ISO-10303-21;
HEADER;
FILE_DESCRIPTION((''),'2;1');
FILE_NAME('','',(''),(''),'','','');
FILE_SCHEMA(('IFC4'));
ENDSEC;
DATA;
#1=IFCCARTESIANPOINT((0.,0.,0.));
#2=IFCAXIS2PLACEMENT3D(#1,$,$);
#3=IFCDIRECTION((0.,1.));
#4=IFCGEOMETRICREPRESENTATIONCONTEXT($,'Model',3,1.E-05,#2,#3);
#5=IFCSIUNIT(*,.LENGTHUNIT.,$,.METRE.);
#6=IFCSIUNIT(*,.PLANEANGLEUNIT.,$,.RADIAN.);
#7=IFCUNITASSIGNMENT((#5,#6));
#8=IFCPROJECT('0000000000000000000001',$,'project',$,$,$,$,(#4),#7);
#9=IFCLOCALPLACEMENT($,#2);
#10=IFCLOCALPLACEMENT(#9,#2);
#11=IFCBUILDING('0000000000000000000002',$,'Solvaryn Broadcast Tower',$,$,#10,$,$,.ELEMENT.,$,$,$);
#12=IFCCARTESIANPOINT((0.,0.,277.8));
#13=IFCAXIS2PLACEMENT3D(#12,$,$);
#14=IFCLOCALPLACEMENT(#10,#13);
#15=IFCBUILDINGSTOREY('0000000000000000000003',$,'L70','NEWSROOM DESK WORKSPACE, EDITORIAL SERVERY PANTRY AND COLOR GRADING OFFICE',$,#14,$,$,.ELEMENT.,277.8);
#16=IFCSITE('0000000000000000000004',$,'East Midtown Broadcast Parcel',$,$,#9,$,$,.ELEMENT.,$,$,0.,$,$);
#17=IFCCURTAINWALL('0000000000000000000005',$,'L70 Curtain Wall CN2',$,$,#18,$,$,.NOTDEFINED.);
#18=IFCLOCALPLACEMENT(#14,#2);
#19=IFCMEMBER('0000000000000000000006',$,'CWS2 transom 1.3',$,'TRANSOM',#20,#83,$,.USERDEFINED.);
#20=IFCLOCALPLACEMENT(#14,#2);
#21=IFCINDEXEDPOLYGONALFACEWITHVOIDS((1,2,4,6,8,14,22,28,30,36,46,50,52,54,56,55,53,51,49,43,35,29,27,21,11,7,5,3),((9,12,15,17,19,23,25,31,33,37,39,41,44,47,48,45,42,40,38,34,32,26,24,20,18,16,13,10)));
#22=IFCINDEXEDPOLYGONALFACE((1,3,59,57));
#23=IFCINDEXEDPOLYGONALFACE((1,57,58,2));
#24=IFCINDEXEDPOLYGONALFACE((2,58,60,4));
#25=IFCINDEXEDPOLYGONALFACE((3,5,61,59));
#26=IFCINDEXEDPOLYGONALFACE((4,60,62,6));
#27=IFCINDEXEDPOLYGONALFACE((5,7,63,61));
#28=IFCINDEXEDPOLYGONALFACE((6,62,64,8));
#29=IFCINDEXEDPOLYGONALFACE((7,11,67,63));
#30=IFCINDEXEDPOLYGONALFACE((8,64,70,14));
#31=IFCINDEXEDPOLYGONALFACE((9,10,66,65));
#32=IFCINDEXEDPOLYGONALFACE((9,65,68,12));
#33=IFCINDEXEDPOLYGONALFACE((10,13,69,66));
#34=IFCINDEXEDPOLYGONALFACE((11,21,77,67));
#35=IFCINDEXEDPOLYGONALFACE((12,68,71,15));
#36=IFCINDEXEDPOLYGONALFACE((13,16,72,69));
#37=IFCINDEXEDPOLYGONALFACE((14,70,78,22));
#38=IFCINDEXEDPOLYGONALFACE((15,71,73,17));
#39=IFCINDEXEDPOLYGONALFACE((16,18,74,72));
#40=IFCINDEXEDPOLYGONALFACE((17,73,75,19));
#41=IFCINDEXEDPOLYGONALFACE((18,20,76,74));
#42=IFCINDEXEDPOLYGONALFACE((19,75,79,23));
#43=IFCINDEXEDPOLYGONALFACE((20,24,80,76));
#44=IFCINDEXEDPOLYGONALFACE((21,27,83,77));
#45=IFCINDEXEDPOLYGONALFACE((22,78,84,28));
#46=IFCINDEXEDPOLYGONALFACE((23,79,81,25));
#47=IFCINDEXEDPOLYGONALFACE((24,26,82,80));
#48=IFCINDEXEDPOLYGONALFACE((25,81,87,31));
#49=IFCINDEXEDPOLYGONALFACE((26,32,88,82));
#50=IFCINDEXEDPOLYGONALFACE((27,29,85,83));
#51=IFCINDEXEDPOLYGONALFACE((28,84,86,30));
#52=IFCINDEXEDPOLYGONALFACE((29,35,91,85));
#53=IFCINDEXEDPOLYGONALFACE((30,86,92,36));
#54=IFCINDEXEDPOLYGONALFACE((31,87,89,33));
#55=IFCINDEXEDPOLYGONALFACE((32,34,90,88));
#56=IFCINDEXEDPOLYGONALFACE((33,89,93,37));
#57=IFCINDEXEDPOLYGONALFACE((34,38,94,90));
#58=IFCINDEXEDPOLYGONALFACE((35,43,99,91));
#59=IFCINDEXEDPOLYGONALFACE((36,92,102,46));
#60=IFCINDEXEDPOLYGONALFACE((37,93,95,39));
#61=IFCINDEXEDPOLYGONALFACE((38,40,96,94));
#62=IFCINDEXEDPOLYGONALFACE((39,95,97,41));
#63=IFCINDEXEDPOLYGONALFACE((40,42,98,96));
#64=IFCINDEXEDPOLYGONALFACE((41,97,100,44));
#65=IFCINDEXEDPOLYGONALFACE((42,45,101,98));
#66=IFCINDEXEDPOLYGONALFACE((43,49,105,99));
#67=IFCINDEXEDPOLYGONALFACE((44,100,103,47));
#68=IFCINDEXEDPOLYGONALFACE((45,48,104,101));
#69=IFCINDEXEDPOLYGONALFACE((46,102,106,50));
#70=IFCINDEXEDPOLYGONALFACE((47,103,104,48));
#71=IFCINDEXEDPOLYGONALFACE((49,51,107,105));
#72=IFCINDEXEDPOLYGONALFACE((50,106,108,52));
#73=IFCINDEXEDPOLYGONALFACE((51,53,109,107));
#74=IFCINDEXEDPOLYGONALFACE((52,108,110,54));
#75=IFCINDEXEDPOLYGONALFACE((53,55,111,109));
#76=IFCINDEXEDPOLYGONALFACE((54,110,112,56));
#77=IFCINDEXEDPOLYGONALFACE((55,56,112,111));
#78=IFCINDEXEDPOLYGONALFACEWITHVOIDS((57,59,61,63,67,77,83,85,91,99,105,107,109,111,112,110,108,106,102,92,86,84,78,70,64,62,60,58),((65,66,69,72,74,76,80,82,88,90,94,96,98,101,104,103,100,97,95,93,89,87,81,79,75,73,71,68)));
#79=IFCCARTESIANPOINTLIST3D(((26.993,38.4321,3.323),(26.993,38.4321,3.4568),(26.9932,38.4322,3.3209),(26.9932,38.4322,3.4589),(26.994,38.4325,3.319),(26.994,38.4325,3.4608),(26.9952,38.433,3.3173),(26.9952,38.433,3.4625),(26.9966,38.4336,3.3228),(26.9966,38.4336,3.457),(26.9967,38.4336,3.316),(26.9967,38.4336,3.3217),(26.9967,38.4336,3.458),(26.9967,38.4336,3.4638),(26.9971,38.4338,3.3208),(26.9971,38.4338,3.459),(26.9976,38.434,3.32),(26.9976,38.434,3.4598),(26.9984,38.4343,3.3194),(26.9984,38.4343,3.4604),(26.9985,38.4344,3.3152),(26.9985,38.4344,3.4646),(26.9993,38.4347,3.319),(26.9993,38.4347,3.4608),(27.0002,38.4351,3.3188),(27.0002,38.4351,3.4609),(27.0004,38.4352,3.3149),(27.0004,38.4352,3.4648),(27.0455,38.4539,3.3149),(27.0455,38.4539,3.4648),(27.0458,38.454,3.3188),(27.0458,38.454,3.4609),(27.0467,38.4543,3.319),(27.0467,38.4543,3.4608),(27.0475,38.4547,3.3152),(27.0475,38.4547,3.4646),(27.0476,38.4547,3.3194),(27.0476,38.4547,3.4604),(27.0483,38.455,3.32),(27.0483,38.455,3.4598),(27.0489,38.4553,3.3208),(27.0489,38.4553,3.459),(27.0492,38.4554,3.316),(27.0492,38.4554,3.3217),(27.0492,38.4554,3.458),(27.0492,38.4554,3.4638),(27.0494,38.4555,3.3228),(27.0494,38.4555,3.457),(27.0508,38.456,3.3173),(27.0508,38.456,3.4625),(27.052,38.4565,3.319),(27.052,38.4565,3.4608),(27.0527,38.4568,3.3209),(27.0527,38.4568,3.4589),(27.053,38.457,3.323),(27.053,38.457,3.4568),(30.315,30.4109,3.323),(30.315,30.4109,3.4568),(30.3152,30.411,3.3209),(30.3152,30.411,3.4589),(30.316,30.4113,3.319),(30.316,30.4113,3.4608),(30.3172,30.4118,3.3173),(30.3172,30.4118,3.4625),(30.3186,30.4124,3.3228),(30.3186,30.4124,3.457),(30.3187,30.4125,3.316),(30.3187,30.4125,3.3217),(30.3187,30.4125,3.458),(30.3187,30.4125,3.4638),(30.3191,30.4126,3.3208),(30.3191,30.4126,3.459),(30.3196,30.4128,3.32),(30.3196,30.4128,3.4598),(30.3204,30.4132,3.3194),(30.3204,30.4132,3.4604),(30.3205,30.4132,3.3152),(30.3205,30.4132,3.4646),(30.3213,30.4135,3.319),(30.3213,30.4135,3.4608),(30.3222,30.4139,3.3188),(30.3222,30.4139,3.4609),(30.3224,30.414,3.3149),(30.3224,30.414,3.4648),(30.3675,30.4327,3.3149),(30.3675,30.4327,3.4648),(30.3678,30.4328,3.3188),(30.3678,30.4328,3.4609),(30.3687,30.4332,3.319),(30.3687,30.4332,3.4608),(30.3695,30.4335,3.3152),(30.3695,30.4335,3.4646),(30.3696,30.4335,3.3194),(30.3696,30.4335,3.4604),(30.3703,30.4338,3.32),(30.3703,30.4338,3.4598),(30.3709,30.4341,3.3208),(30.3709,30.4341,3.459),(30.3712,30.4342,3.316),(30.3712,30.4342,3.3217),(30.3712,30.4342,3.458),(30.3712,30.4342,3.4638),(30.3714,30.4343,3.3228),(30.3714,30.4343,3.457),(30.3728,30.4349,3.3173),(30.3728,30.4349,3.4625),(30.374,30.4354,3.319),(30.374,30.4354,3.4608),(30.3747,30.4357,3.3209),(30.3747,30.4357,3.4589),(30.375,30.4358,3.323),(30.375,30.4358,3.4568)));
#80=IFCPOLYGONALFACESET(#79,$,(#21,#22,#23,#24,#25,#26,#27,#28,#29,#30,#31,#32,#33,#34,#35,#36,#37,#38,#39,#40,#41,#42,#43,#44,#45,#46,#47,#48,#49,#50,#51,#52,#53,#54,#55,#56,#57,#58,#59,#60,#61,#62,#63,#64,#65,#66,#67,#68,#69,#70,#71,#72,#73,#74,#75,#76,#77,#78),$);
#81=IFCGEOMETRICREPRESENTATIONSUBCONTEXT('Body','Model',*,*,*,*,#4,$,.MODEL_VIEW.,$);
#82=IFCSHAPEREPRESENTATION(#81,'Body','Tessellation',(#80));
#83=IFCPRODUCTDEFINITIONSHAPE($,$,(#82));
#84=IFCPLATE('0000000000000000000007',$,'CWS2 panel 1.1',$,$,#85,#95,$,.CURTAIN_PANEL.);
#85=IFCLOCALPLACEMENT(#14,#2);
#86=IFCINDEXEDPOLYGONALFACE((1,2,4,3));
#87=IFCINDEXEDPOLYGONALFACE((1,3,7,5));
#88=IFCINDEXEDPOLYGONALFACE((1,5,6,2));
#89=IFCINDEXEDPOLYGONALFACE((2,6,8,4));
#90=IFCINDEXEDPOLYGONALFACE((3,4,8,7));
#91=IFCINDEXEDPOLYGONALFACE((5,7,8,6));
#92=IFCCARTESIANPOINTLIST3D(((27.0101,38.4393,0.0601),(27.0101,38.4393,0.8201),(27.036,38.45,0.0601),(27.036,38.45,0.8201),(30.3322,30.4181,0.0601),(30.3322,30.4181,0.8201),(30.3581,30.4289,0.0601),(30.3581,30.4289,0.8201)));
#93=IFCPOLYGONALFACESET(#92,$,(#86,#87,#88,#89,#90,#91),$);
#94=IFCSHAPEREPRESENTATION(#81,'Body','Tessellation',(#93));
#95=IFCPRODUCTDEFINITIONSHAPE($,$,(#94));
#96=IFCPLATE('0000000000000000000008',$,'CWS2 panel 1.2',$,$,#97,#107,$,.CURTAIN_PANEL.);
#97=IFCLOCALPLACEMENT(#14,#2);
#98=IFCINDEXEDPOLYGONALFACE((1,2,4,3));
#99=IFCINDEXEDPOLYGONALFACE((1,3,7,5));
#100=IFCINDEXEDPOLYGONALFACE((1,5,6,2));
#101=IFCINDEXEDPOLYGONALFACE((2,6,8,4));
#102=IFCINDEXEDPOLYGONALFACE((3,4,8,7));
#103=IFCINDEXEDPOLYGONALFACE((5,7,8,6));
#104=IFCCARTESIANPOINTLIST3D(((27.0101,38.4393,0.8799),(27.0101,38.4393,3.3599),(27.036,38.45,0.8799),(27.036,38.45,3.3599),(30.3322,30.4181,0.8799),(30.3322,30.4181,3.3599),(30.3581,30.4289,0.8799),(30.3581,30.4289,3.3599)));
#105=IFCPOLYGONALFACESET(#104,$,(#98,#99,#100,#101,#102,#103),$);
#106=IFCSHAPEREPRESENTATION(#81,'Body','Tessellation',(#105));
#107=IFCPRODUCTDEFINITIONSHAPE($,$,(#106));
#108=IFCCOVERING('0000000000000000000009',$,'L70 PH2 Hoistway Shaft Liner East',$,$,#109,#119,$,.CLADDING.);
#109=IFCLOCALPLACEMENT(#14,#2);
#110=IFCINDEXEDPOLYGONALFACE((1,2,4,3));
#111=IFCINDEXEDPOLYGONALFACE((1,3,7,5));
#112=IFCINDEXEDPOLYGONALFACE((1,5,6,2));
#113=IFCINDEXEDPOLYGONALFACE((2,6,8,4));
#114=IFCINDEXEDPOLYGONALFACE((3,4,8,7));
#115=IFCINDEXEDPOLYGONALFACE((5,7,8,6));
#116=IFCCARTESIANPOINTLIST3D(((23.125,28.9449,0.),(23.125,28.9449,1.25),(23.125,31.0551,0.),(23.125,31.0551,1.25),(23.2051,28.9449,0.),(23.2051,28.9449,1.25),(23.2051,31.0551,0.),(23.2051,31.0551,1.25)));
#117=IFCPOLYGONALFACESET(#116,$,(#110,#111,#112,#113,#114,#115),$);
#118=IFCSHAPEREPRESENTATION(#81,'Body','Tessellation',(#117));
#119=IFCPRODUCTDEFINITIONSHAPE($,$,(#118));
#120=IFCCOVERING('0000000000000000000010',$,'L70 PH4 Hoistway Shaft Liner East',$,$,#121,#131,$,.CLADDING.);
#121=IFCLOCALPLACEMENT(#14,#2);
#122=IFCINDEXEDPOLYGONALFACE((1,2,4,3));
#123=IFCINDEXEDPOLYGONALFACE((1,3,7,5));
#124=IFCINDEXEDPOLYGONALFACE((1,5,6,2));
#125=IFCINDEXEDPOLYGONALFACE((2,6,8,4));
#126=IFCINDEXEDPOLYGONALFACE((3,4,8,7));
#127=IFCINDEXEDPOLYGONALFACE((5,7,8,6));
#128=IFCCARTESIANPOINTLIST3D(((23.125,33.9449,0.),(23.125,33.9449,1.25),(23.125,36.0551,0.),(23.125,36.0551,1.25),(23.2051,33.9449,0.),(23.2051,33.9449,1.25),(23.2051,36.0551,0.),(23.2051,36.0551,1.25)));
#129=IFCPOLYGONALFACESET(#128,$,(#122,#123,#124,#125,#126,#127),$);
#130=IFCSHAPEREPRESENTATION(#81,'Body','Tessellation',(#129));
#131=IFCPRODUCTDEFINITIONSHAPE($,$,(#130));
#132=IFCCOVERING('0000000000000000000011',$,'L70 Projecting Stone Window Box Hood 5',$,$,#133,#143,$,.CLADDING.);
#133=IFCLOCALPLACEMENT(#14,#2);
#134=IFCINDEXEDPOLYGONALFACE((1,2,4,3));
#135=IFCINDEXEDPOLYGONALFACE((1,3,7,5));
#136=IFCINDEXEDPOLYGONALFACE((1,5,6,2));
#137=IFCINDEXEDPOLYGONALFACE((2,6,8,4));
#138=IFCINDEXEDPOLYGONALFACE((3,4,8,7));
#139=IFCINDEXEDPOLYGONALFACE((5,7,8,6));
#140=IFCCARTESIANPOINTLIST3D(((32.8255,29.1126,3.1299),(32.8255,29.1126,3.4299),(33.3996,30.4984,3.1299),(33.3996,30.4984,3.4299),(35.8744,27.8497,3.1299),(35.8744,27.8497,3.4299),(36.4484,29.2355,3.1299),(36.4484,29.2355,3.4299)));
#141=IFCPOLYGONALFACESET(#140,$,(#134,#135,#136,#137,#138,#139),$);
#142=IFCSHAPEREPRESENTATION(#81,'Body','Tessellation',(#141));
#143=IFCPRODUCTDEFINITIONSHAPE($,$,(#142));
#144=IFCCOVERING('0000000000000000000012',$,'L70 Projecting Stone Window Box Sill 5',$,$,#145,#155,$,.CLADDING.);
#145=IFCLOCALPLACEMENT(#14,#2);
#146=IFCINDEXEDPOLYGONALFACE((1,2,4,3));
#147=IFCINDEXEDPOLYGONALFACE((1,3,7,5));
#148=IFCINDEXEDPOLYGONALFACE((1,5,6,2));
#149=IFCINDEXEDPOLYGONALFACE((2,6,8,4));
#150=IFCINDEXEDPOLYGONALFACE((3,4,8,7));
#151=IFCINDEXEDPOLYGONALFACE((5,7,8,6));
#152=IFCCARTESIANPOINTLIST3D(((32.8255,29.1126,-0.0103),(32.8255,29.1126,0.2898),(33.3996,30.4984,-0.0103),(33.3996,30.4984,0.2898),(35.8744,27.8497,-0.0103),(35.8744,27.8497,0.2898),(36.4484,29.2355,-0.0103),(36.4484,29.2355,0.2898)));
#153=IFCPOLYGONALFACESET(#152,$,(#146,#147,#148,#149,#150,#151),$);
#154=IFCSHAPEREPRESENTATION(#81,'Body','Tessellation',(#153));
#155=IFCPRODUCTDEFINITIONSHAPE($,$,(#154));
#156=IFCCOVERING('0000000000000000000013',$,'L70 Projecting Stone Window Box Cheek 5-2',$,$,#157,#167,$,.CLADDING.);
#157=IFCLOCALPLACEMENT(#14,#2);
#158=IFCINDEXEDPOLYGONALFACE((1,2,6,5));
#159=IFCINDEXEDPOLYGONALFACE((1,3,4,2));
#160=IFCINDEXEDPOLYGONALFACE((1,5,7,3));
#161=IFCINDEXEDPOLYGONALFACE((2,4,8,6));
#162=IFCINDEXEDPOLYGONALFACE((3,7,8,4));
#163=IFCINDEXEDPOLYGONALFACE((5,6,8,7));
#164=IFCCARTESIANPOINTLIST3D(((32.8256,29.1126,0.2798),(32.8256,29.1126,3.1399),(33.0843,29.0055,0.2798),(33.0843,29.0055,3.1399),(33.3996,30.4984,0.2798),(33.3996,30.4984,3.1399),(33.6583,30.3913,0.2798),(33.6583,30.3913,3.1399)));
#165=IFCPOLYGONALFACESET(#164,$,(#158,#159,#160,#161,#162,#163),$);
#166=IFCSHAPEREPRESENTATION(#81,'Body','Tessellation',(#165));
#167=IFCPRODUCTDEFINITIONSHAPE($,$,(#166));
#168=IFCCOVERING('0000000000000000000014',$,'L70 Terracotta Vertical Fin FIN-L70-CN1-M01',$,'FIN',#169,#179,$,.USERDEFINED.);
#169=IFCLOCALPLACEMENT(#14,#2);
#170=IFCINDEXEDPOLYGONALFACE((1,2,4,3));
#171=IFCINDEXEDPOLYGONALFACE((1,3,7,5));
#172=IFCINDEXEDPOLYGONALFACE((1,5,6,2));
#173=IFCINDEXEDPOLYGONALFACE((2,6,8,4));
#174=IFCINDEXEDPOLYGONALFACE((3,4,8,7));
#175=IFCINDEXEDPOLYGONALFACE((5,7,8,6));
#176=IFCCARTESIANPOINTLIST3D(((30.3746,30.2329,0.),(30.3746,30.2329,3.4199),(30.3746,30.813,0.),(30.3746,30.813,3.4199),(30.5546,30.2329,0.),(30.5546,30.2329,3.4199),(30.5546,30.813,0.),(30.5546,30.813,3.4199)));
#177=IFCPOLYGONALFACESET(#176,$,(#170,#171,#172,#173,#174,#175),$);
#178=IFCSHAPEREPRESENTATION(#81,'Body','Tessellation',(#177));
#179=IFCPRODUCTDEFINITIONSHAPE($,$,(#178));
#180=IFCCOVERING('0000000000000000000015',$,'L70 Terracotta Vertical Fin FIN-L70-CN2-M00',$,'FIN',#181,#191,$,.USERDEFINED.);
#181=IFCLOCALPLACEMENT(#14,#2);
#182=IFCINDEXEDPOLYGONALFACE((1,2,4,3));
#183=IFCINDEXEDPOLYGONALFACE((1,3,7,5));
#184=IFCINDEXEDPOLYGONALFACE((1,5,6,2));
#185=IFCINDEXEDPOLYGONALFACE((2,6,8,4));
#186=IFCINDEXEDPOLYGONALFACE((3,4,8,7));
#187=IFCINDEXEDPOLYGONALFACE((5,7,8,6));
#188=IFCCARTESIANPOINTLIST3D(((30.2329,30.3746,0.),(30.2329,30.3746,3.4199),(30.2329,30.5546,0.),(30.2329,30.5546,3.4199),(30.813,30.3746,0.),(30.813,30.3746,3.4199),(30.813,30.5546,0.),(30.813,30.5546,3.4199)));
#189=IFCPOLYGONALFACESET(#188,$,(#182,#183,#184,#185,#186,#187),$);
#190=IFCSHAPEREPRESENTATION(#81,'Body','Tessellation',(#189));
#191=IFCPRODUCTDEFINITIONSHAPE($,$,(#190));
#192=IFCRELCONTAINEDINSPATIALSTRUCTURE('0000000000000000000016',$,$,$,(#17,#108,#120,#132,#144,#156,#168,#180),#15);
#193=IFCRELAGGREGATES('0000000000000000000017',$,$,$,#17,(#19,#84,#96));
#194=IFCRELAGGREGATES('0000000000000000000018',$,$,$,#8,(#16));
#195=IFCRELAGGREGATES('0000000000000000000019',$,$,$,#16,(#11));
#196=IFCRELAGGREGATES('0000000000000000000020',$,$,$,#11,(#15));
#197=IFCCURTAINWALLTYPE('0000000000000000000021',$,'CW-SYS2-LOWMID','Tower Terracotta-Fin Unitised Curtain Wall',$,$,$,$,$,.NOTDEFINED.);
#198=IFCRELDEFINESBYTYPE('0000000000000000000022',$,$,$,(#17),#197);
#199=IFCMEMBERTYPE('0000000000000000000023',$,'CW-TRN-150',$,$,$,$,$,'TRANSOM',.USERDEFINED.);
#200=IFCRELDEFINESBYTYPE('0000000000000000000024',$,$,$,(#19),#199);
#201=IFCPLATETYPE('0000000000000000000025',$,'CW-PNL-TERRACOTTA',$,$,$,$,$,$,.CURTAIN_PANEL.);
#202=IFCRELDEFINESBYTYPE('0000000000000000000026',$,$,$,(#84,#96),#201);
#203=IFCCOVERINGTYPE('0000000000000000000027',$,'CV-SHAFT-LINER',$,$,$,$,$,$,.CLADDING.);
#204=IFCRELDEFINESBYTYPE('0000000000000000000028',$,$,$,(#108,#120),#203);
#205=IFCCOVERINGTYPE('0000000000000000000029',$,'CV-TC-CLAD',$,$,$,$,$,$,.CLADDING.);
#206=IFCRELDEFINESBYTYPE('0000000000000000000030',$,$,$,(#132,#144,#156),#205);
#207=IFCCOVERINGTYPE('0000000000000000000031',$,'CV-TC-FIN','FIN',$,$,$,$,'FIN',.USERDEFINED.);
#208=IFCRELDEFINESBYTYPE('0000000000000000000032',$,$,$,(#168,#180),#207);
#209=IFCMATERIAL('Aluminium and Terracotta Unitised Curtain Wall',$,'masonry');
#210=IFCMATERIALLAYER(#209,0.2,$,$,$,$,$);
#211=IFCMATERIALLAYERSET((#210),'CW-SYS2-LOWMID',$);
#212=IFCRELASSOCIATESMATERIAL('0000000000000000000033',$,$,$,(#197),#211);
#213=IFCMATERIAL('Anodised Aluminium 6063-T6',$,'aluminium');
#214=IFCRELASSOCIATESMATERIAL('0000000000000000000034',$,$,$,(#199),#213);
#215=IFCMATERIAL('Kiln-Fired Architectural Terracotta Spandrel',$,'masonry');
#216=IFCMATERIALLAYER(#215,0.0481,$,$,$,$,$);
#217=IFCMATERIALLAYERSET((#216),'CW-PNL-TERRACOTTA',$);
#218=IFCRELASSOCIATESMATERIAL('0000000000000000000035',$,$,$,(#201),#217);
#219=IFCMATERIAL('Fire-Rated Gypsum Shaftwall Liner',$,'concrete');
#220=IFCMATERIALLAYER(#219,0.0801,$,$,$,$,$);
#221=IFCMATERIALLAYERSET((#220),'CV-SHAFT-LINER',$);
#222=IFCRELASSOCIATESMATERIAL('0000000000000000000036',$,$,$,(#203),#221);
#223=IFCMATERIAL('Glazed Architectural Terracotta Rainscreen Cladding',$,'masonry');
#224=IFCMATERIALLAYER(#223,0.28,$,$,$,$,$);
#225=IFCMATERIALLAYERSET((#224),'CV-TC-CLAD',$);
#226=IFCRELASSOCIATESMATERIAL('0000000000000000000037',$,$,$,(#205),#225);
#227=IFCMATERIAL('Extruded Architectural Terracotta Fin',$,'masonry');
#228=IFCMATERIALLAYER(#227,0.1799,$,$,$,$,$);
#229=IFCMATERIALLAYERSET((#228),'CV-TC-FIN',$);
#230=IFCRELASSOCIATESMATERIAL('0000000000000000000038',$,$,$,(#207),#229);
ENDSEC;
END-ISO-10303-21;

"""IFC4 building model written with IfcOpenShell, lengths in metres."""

from ifc_helpers import new_model, si_unit, direction, frame, origin, origin_2d, place, context, subcontext, project, spatial, rectangle, hollow_rectangle, extrude, material, layer, layer_set, material_profile, profile_set, type_object, element, aggregate, save


model = new_model("IFC4")

# Units and contexts
model_context = context("Model", 3, precision=1e-05, world=origin(), true_north=direction((0.0, 1.0)))
body_context = subcontext(model_context, "Body", "Model", "MODEL_VIEW")
ifc_project = project(units=[si_unit("LENGTHUNIT", "METRE"), si_unit("PLANEANGLEUNIT", "RADIAN")], contexts=[model_context])

# Site, building, storey
site_placement = place(None, origin())
site = spatial("IfcSite", under=ifc_project, at=site_placement, Name="East Midtown Broadcast Parcel", CompositionType="ELEMENT", RefElevation=0.0)
building_placement = place(site_placement, origin())
building = spatial("IfcBuilding", under=site, at=building_placement, Name="Solvaryn Broadcast Tower", CompositionType="ELEMENT")
storey_placement = place(building_placement, frame((0.0, 0.0, 277.8)))
storey = spatial("IfcBuildingStorey", under=building, at=storey_placement, Name="L70", Description="NEWSROOM DESK WORKSPACE, EDITORIAL SERVERY PANTRY AND COLOR GRADING OFFICE", CompositionType="ELEMENT", Elevation=277.8)

# Shared definitions
ifc_material_1 = material(Name="Aluminium and Terracotta Unitised Curtain Wall", Category="masonry")
ifc_layer_1 = layer(ifc_material_1, 0.2)
ifc_layer_set_1 = layer_set([ifc_layer_1], Name="CW-SYS2-LOWMID")
curtain_wall_type = type_object("IfcCurtainWallType", Name="CW-SYS2-LOWMID", Description="Tower Terracotta-Fin Unitised Curtain Wall", PredefinedType="NOTDEFINED", material=ifc_layer_set_1)

# Curtain wall, member, plates
curtain_wall_1_placement = place(storey_placement, origin())
curtain_wall_1 = element("IfcCurtainWall", 1, at=curtain_wall_1_placement, inside=storey, type_object=curtain_wall_type, Name="L70 Curtain Wall CN2", PredefinedType="NOTDEFINED")
ifc_material_2 = material(Name="Anodised Aluminium 6063-T6", Category="aluminium")
ifc_material_profile_1 = material_profile(ifc_material_2, hollow_rectangle(XDim=0.0649, YDim=0.1499, WallThickness=0.0039, InnerFilletRadius=0.0039, OuterFilletRadius=0.0081, at=origin_2d()))
ifc_profile_set_1 = profile_set([ifc_material_profile_1], Name="Anodised Aluminium 6063-T6")
member_type_1 = type_object("IfcMemberType", Name="CW-TRN-150", ElementType="TRANSOM", PredefinedType="USERDEFINED", material=ifc_profile_set_1)
member_1_placement = place(storey_placement, frame((30.345, 30.4233, 3.3899), z_axis=(-0.382636, 0.923899, 0.0), x_axis=(-0.923899, -0.382636, 0.0)))
member_1 = element("IfcMember", 2, at=member_1_placement, type_object=member_type_1, Name="CWS2 transom 1.3", ObjectType="TRANSOM", PredefinedType="USERDEFINED", context=body_context, shape_type="SweptSolid", body=[
    extrude(hollow_rectangle(XDim=0.0649, YDim=0.1499, WallThickness=0.0039, InnerFilletRadius=0.0039, OuterFilletRadius=0.0081, at=origin_2d()), origin(), (0.0, 0.0, 1.0), 8.6819),
])
ifc_material_3 = material(Name="Kiln-Fired Architectural Terracotta Spandrel", Category="masonry")
ifc_layer_2 = layer(ifc_material_3, 0.0481)
ifc_layer_set_2 = layer_set([ifc_layer_2], Name="CW-PNL-TERRACOTTA")
plate_type = type_object("IfcPlateType", Name="CW-PNL-TERRACOTTA", PredefinedType="CURTAIN_PANEL", material=ifc_layer_set_2)
plate_1_placement = place(storey_placement, frame((28.6841, 34.4341, 0.0601), z_axis=(0.0, 0.0, 1.0), x_axis=(-0.382646, 0.923895, 0.0)))
plate_1 = element("IfcPlate", 3, at=plate_1_placement, type_object=plate_type, Name="CWS2 panel 1.1", PredefinedType="CURTAIN_PANEL", context=body_context, shape_type="SweptSolid", body=[
    extrude(rectangle(XDim=8.6819, YDim=0.0281, at=origin_2d()), origin(), (0.0, 0.0, 1.0), 0.76),
])
plate_2_placement = place(storey_placement, frame((28.6841, 34.4341, 0.8799), z_axis=(0.0, 0.0, 1.0), x_axis=(-0.382646, 0.923895, 0.0)))
plate_2 = element("IfcPlate", 4, at=plate_2_placement, type_object=plate_type, Name="CWS2 panel 1.2", PredefinedType="CURTAIN_PANEL", context=body_context, shape_type="SweptSolid", body=[
    extrude(rectangle(XDim=8.6819, YDim=0.0281, at=origin_2d()), origin(), (0.0, 0.0, 1.0), 2.48),
])
aggregate(curtain_wall_1, [member_1, plate_1, plate_2])

# Coverings
ifc_material_4 = material(Name="Fire-Rated Gypsum Shaftwall Liner", Category="concrete")
ifc_layer_3 = layer(ifc_material_4, 0.0801)
ifc_layer_set_3 = layer_set([ifc_layer_3], Name="CV-SHAFT-LINER")
covering_type_1 = type_object("IfcCoveringType", Name="CV-SHAFT-LINER", PredefinedType="CLADDING", material=ifc_layer_set_3)
for number, where, z_axis, x_axis, name in (
    (5, (23.165, 30.0, 0.0), (0.0, 0.0, 1.0), (1.0, 0.0, 0.0), "L70 PH2 Hoistway Shaft Liner East"),
    (6, (23.165, 35.0, 0.0), (0.0, 0.0, 1.0), (1.0, 0.0, 0.0), "L70 PH4 Hoistway Shaft Liner East"),
):
    element("IfcCovering", number, at=place(storey_placement, frame(where, z_axis=z_axis, x_axis=x_axis)), inside=storey, type_object=covering_type_1, Name=name, PredefinedType="CLADDING", context=body_context, shape_type="SweptSolid", body=[
        extrude(rectangle(XDim=0.0801, YDim=2.1101, at=origin_2d()), origin(), (0.0, 0.0, 1.0), 1.25),
    ])
ifc_material_5 = material(Name="Glazed Architectural Terracotta Rainscreen Cladding", Category="masonry")
ifc_layer_4 = layer(ifc_material_5, 0.28)
ifc_layer_set_4 = layer_set([ifc_layer_4], Name="CV-TC-CLAD")
covering_type_2 = type_object("IfcCoveringType", Name="CV-TC-CLAD", PredefinedType="CLADDING", material=ifc_layer_set_4)
for number, where, z_axis, x_axis, name in (
    (7, (34.637, 29.1741, 3.1299), (0.0, 0.0, 1.0), (-0.92388, 0.382683, 0.0), "L70 Projecting Stone Window Box Hood 5"),
    (8, (34.637, 29.1741, -0.0103), (0.0, 0.0, 1.0), (-0.92388, 0.382683, 0.0), "L70 Projecting Stone Window Box Sill 5"),
):
    element("IfcCovering", number, at=place(storey_placement, frame(where, z_axis=z_axis, x_axis=x_axis)), inside=storey, type_object=covering_type_2, Name=name, PredefinedType="CLADDING", context=body_context, shape_type="SweptSolid", body=[
        extrude(rectangle(XDim=3.3, YDim=1.5, at=origin_2d()), origin(), (0.0, 0.0, 1.0), 0.3),
    ])
covering_1_placement = place(storey_placement, frame((33.2419, 29.752, 0.2798), z_axis=(0.0, 0.0, 1.0), x_axis=(-0.92388, 0.382683, 0.0)))
element("IfcCovering", 9, at=covering_1_placement, inside=storey, type_object=covering_type_2, Name="L70 Projecting Stone Window Box Cheek 5-2", PredefinedType="CLADDING", context=body_context, shape_type="SweptSolid", body=[
    extrude(rectangle(XDim=0.28, YDim=1.5, at=origin_2d()), origin(), (0.0, 0.0, 1.0), 2.8601),
])
ifc_material_6 = material(Name="Extruded Architectural Terracotta Fin", Category="masonry")
ifc_layer_5 = layer(ifc_material_6, 0.1799)
ifc_layer_set_5 = layer_set([ifc_layer_5], Name="CV-TC-FIN")
covering_type_3 = type_object("IfcCoveringType", Name="CV-TC-FIN", Description="FIN", ElementType="FIN", PredefinedType="USERDEFINED", material=ifc_layer_set_5)
covering_2_placement = place(storey_placement, frame((30.4646, 30.5229, 0.0), z_axis=(0.0, 0.0, 1.0), x_axis=(1.0, 0.0, 0.0)))
element("IfcCovering", 10, at=covering_2_placement, inside=storey, type_object=covering_type_3, Name="L70 Terracotta Vertical Fin FIN-L70-CN1-M01", ObjectType="FIN", PredefinedType="USERDEFINED", context=body_context, shape_type="SweptSolid", body=[
    extrude(rectangle(XDim=0.1799, YDim=0.5801, at=origin_2d()), origin(), (0.0, 0.0, 1.0), 3.4199),
])
covering_3_placement = place(storey_placement, frame((30.5229, 30.4646, 0.0), z_axis=(0.0, 0.0, 1.0), x_axis=(1.0, 0.0, 0.0)))
element("IfcCovering", 11, at=covering_3_placement, inside=storey, type_object=covering_type_3, Name="L70 Terracotta Vertical Fin FIN-L70-CN2-M00", ObjectType="FIN", PredefinedType="USERDEFINED", context=body_context, shape_type="SweptSolid", body=[
    extrude(rectangle(XDim=0.5801, YDim=0.1799, at=origin_2d()), origin(), (0.0, 0.0, 1.0), 3.4199),
])

save(model, "model.ifc")
